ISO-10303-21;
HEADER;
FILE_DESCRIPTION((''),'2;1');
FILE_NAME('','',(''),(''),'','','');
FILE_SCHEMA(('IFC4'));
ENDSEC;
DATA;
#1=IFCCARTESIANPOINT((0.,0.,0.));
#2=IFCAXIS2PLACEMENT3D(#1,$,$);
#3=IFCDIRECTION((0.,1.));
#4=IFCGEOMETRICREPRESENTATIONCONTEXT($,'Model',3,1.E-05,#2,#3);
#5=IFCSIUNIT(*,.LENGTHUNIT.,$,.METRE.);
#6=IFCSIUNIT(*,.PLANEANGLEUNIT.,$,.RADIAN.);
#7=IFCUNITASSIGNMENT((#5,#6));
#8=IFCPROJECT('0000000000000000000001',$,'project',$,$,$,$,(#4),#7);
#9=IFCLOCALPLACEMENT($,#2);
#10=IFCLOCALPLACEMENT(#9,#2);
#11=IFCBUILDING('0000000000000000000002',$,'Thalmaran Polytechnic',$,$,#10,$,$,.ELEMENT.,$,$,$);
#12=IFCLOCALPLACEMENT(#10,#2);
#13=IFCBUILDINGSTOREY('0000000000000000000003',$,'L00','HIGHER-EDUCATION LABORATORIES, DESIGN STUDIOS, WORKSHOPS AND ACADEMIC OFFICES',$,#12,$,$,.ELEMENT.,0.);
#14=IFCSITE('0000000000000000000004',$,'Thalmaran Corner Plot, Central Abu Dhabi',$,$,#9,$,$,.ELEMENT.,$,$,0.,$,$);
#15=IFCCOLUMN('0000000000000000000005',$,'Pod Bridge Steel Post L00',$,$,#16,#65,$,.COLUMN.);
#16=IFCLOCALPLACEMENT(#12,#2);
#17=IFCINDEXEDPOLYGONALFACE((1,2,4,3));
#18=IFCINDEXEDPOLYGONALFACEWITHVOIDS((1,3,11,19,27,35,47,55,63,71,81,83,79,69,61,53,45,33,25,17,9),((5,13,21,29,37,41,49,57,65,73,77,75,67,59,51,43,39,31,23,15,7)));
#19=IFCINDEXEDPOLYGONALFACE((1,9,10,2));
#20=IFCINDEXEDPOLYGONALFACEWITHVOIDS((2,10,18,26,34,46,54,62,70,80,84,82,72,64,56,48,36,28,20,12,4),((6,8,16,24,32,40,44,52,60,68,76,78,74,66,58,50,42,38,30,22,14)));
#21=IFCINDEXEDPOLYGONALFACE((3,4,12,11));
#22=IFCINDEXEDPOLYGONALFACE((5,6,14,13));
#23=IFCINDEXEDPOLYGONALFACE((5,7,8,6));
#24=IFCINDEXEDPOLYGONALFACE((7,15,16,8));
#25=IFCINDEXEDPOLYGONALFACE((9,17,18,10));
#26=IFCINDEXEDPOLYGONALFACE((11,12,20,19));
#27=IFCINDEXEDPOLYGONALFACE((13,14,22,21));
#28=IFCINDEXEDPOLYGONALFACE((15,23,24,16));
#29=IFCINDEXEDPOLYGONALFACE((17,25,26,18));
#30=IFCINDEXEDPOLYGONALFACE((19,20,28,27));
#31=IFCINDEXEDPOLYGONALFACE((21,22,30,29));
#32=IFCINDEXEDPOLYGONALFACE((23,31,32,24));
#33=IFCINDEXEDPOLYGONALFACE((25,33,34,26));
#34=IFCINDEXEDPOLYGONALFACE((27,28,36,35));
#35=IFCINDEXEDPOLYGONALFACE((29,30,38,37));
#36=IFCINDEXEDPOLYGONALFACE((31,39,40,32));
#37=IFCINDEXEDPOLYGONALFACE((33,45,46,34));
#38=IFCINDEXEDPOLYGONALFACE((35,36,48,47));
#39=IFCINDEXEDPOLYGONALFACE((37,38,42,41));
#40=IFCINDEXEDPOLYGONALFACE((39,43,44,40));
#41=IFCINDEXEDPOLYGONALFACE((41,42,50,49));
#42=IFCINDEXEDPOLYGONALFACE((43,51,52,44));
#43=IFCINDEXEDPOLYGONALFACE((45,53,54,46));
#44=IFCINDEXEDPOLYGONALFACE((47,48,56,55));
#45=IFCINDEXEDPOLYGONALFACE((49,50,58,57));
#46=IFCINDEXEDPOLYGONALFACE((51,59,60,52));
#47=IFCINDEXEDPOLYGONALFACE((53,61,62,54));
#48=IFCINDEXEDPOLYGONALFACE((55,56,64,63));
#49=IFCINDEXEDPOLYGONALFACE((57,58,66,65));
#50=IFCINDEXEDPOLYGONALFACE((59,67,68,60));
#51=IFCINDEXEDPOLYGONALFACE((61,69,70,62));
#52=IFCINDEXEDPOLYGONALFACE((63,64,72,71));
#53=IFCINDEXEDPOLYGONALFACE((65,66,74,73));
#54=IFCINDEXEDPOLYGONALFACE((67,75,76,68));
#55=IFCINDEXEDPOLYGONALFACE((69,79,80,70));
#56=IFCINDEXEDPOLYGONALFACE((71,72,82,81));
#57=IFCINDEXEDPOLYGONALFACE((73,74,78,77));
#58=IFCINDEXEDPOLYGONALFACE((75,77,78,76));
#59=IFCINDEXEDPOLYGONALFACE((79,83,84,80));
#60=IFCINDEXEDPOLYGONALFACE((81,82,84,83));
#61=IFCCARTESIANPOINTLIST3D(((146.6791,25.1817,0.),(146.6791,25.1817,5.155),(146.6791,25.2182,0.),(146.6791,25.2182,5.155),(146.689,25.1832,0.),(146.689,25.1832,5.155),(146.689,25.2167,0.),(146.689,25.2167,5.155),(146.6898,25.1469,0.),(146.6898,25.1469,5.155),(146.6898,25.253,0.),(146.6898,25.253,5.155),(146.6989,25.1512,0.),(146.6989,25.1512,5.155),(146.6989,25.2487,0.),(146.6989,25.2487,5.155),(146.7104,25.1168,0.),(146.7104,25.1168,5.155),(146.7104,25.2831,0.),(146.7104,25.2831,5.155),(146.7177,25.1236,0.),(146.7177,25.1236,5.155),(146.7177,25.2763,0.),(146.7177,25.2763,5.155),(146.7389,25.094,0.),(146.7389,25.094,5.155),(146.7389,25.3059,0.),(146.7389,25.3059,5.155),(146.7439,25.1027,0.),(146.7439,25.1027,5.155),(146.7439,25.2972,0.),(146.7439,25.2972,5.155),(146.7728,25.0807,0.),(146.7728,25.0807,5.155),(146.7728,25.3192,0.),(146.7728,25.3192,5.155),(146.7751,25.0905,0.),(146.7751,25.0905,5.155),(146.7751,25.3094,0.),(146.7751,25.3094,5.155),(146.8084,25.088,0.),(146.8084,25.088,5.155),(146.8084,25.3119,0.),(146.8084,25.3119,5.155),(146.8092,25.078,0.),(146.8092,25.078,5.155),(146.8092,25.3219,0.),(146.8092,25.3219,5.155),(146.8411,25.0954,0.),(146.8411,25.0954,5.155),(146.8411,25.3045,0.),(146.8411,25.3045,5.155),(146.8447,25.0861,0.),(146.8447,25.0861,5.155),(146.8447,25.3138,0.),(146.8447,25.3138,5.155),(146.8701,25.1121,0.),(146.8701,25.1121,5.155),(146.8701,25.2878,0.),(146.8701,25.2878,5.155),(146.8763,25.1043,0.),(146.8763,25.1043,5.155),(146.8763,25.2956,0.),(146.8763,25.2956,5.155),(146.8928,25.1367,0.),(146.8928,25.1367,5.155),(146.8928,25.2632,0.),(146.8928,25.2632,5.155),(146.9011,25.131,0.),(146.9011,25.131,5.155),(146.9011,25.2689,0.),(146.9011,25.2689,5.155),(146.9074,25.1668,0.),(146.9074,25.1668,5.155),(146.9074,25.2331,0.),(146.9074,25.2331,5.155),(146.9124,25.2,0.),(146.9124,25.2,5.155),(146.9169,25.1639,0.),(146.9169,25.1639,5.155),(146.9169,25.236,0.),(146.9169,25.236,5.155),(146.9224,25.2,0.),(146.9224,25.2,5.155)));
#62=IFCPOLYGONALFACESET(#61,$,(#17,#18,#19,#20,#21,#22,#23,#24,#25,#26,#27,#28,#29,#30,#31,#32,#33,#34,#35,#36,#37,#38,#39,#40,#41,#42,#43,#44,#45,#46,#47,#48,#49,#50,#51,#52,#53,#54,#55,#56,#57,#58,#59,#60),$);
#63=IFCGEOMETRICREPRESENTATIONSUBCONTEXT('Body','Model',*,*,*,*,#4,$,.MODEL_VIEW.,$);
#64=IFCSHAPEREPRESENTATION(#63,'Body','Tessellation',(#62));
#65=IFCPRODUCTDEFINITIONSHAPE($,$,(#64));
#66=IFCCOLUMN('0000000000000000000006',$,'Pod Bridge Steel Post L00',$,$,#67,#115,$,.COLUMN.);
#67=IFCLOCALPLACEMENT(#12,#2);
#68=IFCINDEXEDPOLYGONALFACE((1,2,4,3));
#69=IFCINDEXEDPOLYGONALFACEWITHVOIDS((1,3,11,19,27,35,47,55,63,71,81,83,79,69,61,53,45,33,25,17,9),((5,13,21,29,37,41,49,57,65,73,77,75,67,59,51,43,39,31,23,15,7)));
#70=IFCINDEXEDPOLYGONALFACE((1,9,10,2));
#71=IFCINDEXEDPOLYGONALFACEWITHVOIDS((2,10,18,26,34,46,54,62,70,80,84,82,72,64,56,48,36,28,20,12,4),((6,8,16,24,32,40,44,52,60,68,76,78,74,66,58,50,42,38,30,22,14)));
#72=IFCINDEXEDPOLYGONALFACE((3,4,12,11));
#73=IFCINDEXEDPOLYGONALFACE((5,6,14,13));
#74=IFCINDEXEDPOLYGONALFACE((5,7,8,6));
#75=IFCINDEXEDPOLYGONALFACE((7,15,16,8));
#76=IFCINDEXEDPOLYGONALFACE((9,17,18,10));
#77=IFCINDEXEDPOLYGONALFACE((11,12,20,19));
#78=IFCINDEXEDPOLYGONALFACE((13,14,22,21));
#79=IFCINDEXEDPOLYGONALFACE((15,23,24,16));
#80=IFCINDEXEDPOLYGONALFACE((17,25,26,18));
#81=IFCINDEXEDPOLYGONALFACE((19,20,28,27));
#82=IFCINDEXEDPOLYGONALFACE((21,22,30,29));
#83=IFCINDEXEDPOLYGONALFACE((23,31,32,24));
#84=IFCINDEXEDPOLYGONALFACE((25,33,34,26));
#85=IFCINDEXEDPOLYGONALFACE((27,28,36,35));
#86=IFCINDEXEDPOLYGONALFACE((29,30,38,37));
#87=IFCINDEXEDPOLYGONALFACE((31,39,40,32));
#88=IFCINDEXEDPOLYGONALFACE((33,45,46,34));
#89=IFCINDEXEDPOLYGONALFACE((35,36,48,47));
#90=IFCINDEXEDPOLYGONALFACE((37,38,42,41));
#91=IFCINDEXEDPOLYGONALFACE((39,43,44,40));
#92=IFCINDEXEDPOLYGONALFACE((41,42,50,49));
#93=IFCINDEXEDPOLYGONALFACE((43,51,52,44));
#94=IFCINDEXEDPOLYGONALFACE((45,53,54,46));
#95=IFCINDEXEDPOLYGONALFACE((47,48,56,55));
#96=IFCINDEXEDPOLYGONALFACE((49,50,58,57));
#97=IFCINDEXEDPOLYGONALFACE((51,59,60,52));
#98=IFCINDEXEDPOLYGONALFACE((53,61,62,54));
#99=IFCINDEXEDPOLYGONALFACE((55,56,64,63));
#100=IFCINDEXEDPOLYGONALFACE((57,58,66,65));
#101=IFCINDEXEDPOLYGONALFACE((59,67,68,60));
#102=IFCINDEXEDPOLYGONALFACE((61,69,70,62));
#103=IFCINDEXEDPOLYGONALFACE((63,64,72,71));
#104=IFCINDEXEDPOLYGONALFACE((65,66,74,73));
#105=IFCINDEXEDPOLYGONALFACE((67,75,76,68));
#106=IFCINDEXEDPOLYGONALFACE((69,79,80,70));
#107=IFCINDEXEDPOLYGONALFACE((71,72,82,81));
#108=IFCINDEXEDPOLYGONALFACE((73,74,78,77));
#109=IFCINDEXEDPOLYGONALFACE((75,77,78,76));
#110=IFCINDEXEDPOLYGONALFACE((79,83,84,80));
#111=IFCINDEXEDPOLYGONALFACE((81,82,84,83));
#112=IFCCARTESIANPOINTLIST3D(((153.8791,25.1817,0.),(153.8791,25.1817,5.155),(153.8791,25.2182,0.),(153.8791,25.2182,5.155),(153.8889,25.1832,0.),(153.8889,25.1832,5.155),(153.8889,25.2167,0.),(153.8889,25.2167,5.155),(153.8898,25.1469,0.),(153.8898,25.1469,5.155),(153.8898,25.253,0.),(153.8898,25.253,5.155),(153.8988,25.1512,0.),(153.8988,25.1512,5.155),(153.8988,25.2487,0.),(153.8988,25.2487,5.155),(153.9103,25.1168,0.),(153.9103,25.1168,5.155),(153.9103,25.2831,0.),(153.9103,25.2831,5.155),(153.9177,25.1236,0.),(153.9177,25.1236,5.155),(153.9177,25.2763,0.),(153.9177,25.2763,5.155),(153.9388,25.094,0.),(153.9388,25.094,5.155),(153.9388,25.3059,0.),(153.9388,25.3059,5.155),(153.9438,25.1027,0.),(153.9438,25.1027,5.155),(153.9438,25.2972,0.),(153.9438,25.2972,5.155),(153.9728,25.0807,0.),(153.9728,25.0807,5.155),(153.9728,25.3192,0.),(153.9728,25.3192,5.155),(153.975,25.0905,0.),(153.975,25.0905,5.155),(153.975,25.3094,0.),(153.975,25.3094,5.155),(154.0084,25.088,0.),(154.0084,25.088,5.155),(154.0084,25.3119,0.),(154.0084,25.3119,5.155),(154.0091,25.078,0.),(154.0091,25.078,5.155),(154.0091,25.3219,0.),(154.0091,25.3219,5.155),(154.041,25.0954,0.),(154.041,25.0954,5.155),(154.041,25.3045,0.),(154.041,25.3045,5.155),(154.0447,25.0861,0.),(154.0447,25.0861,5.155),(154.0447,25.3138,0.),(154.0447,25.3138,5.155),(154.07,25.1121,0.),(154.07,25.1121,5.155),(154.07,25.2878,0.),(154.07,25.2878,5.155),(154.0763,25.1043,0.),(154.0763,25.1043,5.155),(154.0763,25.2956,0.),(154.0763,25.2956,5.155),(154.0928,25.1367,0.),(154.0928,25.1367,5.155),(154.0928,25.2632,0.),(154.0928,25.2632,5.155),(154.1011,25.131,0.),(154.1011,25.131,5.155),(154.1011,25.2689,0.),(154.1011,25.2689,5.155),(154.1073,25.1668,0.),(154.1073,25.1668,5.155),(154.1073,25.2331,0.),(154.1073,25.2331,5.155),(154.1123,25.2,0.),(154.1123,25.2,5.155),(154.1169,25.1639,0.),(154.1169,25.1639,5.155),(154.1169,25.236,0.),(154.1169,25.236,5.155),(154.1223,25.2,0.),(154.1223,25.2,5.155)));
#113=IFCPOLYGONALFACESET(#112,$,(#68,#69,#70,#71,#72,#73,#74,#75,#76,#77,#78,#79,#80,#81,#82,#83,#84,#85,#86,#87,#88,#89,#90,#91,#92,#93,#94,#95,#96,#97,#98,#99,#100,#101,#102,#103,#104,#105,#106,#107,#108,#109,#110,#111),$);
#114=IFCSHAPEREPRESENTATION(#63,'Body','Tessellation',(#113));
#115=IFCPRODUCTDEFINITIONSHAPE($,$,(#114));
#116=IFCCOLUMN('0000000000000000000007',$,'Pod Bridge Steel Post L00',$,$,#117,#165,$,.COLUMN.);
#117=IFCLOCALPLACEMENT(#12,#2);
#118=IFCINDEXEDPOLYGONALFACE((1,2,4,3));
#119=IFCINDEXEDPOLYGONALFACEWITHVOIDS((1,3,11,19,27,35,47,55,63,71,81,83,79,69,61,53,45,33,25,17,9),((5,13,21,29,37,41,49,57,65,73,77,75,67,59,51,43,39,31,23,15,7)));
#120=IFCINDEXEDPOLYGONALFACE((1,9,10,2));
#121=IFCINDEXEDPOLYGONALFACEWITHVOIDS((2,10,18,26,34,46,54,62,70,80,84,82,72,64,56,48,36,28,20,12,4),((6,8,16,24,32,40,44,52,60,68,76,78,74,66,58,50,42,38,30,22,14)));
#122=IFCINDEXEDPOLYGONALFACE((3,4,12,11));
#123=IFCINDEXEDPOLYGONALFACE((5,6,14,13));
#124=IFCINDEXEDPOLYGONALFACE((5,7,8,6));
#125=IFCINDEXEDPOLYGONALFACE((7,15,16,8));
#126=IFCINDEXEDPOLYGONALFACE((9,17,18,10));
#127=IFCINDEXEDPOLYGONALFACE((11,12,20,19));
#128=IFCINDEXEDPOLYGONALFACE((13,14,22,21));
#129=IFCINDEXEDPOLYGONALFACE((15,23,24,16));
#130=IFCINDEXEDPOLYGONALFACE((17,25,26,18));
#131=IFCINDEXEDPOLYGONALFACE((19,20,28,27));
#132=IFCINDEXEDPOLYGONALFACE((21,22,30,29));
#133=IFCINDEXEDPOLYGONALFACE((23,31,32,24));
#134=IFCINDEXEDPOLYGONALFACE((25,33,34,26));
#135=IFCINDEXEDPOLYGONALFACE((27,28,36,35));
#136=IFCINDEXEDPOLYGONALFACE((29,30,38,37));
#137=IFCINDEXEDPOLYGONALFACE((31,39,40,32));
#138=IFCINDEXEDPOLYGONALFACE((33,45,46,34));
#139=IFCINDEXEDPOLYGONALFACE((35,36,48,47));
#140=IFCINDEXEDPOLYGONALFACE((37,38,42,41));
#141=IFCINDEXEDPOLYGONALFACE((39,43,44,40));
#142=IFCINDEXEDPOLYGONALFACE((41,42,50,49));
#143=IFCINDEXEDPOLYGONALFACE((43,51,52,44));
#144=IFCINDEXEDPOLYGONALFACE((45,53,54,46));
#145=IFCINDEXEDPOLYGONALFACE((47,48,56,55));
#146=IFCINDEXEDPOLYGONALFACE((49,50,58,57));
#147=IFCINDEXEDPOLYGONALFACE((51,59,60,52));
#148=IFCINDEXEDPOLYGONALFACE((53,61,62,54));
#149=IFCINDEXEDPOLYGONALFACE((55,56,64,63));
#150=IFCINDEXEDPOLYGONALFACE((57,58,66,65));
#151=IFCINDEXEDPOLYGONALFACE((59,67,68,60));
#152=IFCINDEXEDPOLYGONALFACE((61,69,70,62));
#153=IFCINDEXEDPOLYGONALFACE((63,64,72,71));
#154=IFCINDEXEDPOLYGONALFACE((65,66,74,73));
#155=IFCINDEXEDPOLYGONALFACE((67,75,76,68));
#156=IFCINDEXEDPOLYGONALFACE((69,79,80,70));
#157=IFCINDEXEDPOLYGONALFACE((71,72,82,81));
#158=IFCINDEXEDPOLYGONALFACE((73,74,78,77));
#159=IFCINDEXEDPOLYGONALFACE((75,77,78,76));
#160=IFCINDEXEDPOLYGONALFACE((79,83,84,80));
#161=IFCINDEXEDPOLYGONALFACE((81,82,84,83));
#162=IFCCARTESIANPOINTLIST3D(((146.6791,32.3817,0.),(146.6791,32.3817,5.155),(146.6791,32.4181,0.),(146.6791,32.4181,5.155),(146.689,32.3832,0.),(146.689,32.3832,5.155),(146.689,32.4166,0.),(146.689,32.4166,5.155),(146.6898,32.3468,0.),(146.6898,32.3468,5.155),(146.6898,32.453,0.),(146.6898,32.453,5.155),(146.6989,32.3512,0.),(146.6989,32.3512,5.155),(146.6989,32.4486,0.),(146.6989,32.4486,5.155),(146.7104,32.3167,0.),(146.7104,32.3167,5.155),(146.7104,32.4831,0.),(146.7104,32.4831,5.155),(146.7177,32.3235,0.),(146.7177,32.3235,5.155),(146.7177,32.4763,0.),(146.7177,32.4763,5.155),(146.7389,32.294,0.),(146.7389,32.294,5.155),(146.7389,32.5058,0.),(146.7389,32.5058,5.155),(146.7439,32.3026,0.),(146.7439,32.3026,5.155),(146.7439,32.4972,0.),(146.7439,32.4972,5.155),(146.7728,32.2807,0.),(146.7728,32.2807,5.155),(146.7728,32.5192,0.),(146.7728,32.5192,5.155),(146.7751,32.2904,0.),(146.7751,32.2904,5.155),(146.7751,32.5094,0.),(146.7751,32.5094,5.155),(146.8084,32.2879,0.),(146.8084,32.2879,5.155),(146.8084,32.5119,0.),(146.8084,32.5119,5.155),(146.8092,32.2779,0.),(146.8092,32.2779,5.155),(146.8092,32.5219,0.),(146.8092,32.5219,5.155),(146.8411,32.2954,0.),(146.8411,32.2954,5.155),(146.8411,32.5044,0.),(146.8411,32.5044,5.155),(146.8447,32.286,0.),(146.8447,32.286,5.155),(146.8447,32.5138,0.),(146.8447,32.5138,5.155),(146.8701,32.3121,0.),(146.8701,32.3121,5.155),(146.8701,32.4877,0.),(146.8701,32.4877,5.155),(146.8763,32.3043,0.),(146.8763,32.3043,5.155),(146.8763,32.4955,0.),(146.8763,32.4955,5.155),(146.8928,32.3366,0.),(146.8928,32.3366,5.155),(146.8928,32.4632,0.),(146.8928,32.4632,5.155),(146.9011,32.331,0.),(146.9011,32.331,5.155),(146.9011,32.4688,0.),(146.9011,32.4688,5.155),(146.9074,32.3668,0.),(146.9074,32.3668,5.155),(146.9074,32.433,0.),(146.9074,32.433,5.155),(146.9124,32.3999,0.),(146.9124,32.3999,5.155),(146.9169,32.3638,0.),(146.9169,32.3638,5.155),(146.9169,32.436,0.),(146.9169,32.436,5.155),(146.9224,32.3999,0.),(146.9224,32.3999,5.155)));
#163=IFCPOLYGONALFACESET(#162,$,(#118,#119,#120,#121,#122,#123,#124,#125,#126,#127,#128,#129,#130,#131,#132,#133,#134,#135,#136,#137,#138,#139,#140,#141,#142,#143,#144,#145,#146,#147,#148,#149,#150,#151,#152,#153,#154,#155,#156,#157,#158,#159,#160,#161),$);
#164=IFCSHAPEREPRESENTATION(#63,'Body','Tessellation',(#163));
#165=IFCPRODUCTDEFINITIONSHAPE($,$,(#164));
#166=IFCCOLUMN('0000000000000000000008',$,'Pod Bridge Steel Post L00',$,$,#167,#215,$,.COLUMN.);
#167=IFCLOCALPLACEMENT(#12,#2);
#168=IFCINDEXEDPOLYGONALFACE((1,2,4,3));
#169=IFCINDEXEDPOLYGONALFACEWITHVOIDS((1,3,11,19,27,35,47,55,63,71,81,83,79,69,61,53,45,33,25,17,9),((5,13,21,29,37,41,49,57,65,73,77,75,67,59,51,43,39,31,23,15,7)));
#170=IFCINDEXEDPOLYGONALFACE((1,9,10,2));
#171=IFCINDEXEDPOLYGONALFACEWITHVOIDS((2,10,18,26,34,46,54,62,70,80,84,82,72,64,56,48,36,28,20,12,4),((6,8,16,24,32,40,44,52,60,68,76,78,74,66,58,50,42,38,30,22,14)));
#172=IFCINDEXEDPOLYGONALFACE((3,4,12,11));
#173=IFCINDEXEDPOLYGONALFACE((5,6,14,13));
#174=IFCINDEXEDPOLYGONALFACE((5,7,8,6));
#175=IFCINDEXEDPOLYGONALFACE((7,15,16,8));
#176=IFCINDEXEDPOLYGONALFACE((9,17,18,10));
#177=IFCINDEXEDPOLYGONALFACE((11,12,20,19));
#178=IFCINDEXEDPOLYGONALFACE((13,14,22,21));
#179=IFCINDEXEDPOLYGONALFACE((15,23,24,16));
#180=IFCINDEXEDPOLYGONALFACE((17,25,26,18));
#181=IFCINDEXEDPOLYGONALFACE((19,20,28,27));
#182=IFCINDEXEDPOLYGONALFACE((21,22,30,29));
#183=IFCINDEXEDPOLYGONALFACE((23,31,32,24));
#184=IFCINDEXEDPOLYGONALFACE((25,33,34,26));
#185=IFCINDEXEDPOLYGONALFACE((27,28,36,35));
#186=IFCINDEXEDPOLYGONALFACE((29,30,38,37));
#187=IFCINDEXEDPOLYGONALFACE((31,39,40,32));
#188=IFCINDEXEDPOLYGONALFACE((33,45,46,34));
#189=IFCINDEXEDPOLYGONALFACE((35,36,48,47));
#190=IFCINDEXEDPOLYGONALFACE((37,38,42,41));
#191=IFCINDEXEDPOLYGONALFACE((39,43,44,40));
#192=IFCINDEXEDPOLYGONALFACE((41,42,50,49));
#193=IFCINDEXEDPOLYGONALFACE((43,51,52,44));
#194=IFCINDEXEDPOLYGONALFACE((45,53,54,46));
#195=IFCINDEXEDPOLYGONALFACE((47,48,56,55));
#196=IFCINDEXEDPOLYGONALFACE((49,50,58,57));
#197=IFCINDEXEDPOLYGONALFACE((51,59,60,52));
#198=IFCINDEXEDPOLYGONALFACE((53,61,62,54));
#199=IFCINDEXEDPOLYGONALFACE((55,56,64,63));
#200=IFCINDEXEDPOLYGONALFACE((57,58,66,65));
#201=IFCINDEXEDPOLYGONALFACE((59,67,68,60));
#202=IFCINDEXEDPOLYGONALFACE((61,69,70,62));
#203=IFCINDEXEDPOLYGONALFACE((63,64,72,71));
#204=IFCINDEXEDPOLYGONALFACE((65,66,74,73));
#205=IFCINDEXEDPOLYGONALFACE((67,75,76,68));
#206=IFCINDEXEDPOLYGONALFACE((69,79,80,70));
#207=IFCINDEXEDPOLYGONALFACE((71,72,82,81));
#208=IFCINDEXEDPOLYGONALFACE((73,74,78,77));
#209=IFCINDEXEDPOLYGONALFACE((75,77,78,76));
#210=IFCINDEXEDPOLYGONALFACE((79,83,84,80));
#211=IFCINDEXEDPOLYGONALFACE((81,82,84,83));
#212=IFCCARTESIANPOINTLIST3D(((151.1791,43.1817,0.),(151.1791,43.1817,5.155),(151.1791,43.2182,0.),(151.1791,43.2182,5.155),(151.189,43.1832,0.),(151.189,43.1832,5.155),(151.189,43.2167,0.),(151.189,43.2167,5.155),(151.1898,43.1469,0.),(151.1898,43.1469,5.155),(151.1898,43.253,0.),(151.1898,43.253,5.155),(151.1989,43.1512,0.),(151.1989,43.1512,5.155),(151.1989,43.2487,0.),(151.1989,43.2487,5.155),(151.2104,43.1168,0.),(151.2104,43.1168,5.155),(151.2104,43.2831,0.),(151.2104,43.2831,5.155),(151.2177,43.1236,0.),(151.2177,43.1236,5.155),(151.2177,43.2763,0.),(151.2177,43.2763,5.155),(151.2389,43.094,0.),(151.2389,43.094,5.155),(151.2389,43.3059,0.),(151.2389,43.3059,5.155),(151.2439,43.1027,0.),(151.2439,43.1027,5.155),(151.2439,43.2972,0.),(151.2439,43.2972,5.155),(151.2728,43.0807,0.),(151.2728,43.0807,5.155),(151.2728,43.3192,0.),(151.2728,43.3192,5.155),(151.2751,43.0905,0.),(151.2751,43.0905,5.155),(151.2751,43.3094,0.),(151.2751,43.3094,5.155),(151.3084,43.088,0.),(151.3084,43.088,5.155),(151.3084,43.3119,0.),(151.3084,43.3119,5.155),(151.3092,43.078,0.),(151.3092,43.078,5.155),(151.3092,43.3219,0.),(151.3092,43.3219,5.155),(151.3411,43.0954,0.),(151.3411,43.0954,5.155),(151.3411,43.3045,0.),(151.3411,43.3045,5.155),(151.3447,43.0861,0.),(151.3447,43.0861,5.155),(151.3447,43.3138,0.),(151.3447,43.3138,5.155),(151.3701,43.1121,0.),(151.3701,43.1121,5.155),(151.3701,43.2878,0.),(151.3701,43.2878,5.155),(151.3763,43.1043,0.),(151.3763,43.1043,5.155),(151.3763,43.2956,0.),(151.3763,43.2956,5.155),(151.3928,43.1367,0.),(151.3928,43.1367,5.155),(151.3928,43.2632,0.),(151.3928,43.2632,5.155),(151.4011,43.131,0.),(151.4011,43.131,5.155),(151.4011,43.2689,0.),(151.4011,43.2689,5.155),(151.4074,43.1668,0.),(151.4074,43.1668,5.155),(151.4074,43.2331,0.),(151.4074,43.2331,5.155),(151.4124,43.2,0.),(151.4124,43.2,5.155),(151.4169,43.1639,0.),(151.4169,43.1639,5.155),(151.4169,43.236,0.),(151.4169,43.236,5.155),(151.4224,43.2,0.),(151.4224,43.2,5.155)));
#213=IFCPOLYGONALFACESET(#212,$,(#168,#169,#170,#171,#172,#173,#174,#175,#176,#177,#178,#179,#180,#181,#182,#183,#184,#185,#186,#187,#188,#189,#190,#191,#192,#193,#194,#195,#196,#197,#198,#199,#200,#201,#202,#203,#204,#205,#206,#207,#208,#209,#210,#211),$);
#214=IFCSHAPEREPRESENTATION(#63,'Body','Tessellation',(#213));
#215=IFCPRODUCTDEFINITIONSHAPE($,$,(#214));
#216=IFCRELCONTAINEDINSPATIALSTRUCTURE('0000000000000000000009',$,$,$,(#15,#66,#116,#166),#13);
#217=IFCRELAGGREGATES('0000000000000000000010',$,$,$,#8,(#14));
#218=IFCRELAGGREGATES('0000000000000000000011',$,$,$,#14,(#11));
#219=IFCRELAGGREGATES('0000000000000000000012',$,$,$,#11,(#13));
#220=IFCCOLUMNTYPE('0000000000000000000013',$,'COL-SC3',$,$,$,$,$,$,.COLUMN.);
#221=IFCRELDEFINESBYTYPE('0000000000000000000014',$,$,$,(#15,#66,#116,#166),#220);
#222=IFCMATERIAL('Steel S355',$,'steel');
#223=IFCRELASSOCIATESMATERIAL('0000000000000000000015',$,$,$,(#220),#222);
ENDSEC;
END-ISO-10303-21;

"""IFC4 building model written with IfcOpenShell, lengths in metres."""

from ifc_helpers import new_model, si_unit, direction, frame, origin, origin_2d, place, context, subcontext, project, spatial, hollow_circle, extrude, material, material_profile, profile_set, type_object, element, save


model = new_model("IFC4")

# Units and contexts
model_context = context("Model", 3, precision=1e-05, world=origin(), true_north=direction((0.0, 1.0)))
body_context = subcontext(model_context, "Body", "Model", "MODEL_VIEW")
ifc_project = project(units=[si_unit("LENGTHUNIT", "METRE"), si_unit("PLANEANGLEUNIT", "RADIAN")], contexts=[model_context])

# Site, building, storey
site_placement = place(None, origin())
site = spatial("IfcSite", under=ifc_project, at=site_placement, Name="Thalmaran Corner Plot, Central Abu Dhabi", CompositionType="ELEMENT", RefElevation=0.0)
building_placement = place(site_placement, origin())
building = spatial("IfcBuilding", under=site, at=building_placement, Name="Thalmaran Polytechnic", CompositionType="ELEMENT")
storey_placement = place(building_placement, origin())
storey = spatial("IfcBuildingStorey", under=building, at=storey_placement, Name="L00", Description="HIGHER-EDUCATION LABORATORIES, DESIGN STUDIOS, WORKSHOPS AND ACADEMIC OFFICES", CompositionType="ELEMENT", Elevation=0.0)

# Columns
ifc_material_1 = material(Name="Steel S355", Category="steel")
ifc_material_profile_1 = material_profile(ifc_material_1, hollow_circle(Radius=0.1223, WallThickness=0.01, at=origin_2d()), Name="CHS 244.5x10.0")
ifc_profile_set_1 = profile_set([ifc_material_profile_1], Name="Steel S355")
column_type_1 = type_object("IfcColumnType", Name="COL-SC3", PredefinedType="COLUMN", material=ifc_profile_set_1)
for number, where, z_axis, x_axis, name in (
    (1, (146.8, 25.2, 0.0), (0.0, 0.0, 1.0), (1.0, 0.0, 0.0), "Pod Bridge Steel Post L00"),
    (2, (154.0, 25.2, 0.0), (0.0, 0.0, 1.0), (1.0, 0.0, 0.0), "Pod Bridge Steel Post L00"),
    (3, (146.8, 32.3999, 0.0), (0.0, 0.0, 1.0), (1.0, 0.0, 0.0), "Pod Bridge Steel Post L00"),
    (4, (151.3, 43.2, 0.0), (0.0, 0.0, 1.0), (1.0, 0.0, 0.0), "Pod Bridge Steel Post L00"),
):
    element("IfcColumn", number, at=place(storey_placement, frame(where, z_axis=z_axis, x_axis=x_axis)), inside=storey, type_object=column_type_1, Name=name, PredefinedType="COLUMN", context=body_context, shape_type="SweptSolid", body=[
        extrude(hollow_circle(Radius=0.1223, WallThickness=0.01, at=origin_2d()), origin(), (0.0, 0.0, 1.0), 5.155),
    ])

save(model, "model.ifc")
